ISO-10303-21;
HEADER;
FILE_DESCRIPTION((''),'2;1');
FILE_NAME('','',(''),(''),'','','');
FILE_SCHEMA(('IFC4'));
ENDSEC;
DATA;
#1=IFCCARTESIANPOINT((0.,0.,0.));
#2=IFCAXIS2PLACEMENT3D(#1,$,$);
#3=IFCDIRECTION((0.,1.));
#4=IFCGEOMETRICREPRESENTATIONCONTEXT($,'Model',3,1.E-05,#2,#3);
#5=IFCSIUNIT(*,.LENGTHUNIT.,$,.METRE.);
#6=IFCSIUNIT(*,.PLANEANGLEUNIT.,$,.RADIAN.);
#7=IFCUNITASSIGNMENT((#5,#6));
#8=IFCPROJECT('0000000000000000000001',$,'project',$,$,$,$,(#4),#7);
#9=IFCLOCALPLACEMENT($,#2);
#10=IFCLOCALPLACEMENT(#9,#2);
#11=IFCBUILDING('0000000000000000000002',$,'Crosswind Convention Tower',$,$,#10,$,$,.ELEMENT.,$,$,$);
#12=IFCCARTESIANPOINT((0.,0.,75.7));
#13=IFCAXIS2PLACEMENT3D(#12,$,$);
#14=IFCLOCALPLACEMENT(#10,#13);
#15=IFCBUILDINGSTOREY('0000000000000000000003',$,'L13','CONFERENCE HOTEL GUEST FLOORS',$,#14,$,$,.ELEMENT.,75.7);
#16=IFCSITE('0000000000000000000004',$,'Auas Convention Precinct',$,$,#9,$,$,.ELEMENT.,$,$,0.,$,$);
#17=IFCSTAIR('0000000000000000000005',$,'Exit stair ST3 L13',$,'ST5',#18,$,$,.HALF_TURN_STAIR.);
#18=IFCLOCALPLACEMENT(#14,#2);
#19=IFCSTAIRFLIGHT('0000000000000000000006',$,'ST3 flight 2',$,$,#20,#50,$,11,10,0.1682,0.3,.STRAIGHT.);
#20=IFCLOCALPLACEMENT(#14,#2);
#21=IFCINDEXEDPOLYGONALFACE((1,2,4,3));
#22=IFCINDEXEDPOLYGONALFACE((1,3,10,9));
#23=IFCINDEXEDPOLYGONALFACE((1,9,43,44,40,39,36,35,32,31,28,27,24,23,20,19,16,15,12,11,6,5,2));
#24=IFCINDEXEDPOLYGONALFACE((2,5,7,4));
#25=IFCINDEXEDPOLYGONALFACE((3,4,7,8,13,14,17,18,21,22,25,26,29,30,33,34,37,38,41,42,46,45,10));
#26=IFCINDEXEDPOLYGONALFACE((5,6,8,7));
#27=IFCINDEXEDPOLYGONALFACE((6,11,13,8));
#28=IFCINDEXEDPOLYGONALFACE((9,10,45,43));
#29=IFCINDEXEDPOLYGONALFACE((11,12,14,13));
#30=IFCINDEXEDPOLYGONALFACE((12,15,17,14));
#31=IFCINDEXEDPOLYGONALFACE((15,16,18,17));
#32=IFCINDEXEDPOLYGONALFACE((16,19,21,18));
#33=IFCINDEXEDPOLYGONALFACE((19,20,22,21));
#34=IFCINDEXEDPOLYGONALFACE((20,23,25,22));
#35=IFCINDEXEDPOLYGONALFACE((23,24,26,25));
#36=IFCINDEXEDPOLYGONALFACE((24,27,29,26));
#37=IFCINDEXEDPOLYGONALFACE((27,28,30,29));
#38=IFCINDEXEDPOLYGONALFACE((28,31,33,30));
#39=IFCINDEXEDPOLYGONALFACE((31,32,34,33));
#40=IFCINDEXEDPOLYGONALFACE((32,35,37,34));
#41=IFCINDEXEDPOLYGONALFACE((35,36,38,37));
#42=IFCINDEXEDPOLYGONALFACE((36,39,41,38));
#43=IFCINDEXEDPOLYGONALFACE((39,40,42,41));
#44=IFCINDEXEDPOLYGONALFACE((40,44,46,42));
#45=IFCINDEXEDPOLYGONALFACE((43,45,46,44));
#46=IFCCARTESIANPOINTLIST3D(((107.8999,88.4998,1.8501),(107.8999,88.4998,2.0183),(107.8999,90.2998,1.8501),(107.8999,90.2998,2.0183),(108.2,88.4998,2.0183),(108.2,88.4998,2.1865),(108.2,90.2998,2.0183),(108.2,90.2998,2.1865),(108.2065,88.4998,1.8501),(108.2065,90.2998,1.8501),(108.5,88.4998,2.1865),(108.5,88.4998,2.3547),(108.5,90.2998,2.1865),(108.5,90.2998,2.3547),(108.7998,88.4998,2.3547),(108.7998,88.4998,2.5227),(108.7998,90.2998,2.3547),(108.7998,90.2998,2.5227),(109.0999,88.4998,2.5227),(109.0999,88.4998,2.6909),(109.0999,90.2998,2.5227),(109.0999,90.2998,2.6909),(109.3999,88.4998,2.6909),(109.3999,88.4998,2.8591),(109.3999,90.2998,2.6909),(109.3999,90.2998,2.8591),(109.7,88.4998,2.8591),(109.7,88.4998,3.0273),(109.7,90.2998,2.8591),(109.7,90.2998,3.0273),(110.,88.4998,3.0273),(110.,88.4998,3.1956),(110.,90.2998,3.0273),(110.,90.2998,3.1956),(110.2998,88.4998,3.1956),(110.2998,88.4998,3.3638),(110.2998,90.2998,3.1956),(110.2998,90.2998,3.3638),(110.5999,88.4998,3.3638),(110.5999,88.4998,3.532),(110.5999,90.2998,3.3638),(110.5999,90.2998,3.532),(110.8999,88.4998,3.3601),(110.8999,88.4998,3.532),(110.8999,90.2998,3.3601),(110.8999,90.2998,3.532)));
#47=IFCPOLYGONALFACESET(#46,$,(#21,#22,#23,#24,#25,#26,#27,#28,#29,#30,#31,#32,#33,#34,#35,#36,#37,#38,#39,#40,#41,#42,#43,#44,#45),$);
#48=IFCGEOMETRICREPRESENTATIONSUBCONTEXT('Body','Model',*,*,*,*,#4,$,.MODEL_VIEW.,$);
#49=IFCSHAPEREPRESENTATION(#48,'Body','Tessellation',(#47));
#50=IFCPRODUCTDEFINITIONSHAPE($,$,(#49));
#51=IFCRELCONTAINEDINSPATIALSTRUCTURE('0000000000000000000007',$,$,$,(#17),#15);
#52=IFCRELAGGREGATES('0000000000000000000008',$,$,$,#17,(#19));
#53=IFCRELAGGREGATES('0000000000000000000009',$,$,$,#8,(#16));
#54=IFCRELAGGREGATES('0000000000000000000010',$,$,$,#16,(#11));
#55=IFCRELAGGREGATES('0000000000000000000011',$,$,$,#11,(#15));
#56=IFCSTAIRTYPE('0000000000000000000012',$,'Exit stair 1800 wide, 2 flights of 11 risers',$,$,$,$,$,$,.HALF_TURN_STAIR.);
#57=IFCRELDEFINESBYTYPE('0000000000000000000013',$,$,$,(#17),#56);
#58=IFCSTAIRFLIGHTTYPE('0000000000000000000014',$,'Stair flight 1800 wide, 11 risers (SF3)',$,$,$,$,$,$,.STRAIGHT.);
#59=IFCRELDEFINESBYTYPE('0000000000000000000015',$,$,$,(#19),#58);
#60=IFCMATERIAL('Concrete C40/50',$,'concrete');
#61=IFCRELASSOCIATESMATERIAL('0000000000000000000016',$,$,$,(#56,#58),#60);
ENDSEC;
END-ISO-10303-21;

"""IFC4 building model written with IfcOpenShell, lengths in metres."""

from ifc_helpers import new_model, si_unit, direction, frame, origin, place, context, subcontext, project, spatial, polyline, outline, extrude, material, type_object, element, aggregate, save


model = new_model("IFC4")

# Units and contexts
model_context = context("Model", 3, precision=1e-05, world=origin(), true_north=direction((0.0, 1.0)))
body_context = subcontext(model_context, "Body", "Model", "MODEL_VIEW")
ifc_project = project(units=[si_unit("LENGTHUNIT", "METRE"), si_unit("PLANEANGLEUNIT", "RADIAN")], contexts=[model_context])

# Site, building, storey
site_placement = place(None, origin())
site = spatial("IfcSite", under=ifc_project, at=site_placement, Name="Auas Convention Precinct", CompositionType="ELEMENT", RefElevation=0.0)
building_placement = place(site_placement, origin())
building = spatial("IfcBuilding", under=site, at=building_placement, Name="Crosswind Convention Tower", CompositionType="ELEMENT")
storey_placement = place(building_placement, frame((0.0, 0.0, 75.7)))
storey = spatial("IfcBuildingStorey", under=building, at=storey_placement, Name="L13", Description="CONFERENCE HOTEL GUEST FLOORS", CompositionType="ELEMENT", Elevation=75.7)

# Stair, stair flight
ifc_material_1 = material(Name="Concrete C40/50", Category="concrete")
stair_type = type_object("IfcStairType", Name="Exit stair 1800 wide, 2 flights of 11 risers", PredefinedType="HALF_TURN_STAIR", material=ifc_material_1)
stair_placement = place(storey_placement, origin())
stair = element("IfcStair", 1, at=stair_placement, inside=storey, type_object=stair_type, Name="Exit stair ST3 L13", ObjectType="ST5", PredefinedType="HALF_TURN_STAIR")
stair_flight_type = type_object("IfcStairFlightType", Name="Stair flight 1800 wide, 11 risers (SF3)", PredefinedType="STRAIGHT", material=ifc_material_1)
stair_flight_1_placement = place(storey_placement, frame((107.8999, 89.3999, 1.8501), z_axis=(0.0, 0.0, 1.0), x_axis=(1.0, 0.0, 0.0)))
stair_flight_1 = element("IfcStairFlight", 2, at=stair_flight_1_placement, type_object=stair_flight_type, Name="ST3 flight 2", NumberOfRisers=11, NumberOfTreads=10, PredefinedType="STRAIGHT", RiserHeight=0.1682, TreadLength=0.3, context=body_context, shape_type="SweptSolid", body=[
    extrude(outline(polyline([(0.0, 0.0), (0.0, 0.1682), (0.3, 0.1682), (0.3, 0.3364), (0.6001, 0.3364), (0.6001, 0.5046), (0.8999, 0.5046), (0.8999, 0.6726), (1.2, 0.6726), (1.2, 0.8408), (1.5, 0.8408), (1.5, 1.009), (1.8, 1.009), (1.8, 1.1772), (2.1001, 1.1772), (2.1001, 1.3455), (2.3999, 1.3455), (2.3999, 1.5137), (2.7, 1.5137), (2.7, 1.6819), (3.0, 1.6819), (3.0, 1.8501), (3.0, 1.51), (0.3066, 0.0), (0.0, 0.0)])), frame((0.0, 0.8999, 0.0), z_axis=(0.0, -1.0, 0.0), x_axis=(1.0, 0.0, 0.0)), (0.0, 0.0, 1.0), 1.8),
])
aggregate(stair, [stair_flight_1])

save(model, "model.ifc")
